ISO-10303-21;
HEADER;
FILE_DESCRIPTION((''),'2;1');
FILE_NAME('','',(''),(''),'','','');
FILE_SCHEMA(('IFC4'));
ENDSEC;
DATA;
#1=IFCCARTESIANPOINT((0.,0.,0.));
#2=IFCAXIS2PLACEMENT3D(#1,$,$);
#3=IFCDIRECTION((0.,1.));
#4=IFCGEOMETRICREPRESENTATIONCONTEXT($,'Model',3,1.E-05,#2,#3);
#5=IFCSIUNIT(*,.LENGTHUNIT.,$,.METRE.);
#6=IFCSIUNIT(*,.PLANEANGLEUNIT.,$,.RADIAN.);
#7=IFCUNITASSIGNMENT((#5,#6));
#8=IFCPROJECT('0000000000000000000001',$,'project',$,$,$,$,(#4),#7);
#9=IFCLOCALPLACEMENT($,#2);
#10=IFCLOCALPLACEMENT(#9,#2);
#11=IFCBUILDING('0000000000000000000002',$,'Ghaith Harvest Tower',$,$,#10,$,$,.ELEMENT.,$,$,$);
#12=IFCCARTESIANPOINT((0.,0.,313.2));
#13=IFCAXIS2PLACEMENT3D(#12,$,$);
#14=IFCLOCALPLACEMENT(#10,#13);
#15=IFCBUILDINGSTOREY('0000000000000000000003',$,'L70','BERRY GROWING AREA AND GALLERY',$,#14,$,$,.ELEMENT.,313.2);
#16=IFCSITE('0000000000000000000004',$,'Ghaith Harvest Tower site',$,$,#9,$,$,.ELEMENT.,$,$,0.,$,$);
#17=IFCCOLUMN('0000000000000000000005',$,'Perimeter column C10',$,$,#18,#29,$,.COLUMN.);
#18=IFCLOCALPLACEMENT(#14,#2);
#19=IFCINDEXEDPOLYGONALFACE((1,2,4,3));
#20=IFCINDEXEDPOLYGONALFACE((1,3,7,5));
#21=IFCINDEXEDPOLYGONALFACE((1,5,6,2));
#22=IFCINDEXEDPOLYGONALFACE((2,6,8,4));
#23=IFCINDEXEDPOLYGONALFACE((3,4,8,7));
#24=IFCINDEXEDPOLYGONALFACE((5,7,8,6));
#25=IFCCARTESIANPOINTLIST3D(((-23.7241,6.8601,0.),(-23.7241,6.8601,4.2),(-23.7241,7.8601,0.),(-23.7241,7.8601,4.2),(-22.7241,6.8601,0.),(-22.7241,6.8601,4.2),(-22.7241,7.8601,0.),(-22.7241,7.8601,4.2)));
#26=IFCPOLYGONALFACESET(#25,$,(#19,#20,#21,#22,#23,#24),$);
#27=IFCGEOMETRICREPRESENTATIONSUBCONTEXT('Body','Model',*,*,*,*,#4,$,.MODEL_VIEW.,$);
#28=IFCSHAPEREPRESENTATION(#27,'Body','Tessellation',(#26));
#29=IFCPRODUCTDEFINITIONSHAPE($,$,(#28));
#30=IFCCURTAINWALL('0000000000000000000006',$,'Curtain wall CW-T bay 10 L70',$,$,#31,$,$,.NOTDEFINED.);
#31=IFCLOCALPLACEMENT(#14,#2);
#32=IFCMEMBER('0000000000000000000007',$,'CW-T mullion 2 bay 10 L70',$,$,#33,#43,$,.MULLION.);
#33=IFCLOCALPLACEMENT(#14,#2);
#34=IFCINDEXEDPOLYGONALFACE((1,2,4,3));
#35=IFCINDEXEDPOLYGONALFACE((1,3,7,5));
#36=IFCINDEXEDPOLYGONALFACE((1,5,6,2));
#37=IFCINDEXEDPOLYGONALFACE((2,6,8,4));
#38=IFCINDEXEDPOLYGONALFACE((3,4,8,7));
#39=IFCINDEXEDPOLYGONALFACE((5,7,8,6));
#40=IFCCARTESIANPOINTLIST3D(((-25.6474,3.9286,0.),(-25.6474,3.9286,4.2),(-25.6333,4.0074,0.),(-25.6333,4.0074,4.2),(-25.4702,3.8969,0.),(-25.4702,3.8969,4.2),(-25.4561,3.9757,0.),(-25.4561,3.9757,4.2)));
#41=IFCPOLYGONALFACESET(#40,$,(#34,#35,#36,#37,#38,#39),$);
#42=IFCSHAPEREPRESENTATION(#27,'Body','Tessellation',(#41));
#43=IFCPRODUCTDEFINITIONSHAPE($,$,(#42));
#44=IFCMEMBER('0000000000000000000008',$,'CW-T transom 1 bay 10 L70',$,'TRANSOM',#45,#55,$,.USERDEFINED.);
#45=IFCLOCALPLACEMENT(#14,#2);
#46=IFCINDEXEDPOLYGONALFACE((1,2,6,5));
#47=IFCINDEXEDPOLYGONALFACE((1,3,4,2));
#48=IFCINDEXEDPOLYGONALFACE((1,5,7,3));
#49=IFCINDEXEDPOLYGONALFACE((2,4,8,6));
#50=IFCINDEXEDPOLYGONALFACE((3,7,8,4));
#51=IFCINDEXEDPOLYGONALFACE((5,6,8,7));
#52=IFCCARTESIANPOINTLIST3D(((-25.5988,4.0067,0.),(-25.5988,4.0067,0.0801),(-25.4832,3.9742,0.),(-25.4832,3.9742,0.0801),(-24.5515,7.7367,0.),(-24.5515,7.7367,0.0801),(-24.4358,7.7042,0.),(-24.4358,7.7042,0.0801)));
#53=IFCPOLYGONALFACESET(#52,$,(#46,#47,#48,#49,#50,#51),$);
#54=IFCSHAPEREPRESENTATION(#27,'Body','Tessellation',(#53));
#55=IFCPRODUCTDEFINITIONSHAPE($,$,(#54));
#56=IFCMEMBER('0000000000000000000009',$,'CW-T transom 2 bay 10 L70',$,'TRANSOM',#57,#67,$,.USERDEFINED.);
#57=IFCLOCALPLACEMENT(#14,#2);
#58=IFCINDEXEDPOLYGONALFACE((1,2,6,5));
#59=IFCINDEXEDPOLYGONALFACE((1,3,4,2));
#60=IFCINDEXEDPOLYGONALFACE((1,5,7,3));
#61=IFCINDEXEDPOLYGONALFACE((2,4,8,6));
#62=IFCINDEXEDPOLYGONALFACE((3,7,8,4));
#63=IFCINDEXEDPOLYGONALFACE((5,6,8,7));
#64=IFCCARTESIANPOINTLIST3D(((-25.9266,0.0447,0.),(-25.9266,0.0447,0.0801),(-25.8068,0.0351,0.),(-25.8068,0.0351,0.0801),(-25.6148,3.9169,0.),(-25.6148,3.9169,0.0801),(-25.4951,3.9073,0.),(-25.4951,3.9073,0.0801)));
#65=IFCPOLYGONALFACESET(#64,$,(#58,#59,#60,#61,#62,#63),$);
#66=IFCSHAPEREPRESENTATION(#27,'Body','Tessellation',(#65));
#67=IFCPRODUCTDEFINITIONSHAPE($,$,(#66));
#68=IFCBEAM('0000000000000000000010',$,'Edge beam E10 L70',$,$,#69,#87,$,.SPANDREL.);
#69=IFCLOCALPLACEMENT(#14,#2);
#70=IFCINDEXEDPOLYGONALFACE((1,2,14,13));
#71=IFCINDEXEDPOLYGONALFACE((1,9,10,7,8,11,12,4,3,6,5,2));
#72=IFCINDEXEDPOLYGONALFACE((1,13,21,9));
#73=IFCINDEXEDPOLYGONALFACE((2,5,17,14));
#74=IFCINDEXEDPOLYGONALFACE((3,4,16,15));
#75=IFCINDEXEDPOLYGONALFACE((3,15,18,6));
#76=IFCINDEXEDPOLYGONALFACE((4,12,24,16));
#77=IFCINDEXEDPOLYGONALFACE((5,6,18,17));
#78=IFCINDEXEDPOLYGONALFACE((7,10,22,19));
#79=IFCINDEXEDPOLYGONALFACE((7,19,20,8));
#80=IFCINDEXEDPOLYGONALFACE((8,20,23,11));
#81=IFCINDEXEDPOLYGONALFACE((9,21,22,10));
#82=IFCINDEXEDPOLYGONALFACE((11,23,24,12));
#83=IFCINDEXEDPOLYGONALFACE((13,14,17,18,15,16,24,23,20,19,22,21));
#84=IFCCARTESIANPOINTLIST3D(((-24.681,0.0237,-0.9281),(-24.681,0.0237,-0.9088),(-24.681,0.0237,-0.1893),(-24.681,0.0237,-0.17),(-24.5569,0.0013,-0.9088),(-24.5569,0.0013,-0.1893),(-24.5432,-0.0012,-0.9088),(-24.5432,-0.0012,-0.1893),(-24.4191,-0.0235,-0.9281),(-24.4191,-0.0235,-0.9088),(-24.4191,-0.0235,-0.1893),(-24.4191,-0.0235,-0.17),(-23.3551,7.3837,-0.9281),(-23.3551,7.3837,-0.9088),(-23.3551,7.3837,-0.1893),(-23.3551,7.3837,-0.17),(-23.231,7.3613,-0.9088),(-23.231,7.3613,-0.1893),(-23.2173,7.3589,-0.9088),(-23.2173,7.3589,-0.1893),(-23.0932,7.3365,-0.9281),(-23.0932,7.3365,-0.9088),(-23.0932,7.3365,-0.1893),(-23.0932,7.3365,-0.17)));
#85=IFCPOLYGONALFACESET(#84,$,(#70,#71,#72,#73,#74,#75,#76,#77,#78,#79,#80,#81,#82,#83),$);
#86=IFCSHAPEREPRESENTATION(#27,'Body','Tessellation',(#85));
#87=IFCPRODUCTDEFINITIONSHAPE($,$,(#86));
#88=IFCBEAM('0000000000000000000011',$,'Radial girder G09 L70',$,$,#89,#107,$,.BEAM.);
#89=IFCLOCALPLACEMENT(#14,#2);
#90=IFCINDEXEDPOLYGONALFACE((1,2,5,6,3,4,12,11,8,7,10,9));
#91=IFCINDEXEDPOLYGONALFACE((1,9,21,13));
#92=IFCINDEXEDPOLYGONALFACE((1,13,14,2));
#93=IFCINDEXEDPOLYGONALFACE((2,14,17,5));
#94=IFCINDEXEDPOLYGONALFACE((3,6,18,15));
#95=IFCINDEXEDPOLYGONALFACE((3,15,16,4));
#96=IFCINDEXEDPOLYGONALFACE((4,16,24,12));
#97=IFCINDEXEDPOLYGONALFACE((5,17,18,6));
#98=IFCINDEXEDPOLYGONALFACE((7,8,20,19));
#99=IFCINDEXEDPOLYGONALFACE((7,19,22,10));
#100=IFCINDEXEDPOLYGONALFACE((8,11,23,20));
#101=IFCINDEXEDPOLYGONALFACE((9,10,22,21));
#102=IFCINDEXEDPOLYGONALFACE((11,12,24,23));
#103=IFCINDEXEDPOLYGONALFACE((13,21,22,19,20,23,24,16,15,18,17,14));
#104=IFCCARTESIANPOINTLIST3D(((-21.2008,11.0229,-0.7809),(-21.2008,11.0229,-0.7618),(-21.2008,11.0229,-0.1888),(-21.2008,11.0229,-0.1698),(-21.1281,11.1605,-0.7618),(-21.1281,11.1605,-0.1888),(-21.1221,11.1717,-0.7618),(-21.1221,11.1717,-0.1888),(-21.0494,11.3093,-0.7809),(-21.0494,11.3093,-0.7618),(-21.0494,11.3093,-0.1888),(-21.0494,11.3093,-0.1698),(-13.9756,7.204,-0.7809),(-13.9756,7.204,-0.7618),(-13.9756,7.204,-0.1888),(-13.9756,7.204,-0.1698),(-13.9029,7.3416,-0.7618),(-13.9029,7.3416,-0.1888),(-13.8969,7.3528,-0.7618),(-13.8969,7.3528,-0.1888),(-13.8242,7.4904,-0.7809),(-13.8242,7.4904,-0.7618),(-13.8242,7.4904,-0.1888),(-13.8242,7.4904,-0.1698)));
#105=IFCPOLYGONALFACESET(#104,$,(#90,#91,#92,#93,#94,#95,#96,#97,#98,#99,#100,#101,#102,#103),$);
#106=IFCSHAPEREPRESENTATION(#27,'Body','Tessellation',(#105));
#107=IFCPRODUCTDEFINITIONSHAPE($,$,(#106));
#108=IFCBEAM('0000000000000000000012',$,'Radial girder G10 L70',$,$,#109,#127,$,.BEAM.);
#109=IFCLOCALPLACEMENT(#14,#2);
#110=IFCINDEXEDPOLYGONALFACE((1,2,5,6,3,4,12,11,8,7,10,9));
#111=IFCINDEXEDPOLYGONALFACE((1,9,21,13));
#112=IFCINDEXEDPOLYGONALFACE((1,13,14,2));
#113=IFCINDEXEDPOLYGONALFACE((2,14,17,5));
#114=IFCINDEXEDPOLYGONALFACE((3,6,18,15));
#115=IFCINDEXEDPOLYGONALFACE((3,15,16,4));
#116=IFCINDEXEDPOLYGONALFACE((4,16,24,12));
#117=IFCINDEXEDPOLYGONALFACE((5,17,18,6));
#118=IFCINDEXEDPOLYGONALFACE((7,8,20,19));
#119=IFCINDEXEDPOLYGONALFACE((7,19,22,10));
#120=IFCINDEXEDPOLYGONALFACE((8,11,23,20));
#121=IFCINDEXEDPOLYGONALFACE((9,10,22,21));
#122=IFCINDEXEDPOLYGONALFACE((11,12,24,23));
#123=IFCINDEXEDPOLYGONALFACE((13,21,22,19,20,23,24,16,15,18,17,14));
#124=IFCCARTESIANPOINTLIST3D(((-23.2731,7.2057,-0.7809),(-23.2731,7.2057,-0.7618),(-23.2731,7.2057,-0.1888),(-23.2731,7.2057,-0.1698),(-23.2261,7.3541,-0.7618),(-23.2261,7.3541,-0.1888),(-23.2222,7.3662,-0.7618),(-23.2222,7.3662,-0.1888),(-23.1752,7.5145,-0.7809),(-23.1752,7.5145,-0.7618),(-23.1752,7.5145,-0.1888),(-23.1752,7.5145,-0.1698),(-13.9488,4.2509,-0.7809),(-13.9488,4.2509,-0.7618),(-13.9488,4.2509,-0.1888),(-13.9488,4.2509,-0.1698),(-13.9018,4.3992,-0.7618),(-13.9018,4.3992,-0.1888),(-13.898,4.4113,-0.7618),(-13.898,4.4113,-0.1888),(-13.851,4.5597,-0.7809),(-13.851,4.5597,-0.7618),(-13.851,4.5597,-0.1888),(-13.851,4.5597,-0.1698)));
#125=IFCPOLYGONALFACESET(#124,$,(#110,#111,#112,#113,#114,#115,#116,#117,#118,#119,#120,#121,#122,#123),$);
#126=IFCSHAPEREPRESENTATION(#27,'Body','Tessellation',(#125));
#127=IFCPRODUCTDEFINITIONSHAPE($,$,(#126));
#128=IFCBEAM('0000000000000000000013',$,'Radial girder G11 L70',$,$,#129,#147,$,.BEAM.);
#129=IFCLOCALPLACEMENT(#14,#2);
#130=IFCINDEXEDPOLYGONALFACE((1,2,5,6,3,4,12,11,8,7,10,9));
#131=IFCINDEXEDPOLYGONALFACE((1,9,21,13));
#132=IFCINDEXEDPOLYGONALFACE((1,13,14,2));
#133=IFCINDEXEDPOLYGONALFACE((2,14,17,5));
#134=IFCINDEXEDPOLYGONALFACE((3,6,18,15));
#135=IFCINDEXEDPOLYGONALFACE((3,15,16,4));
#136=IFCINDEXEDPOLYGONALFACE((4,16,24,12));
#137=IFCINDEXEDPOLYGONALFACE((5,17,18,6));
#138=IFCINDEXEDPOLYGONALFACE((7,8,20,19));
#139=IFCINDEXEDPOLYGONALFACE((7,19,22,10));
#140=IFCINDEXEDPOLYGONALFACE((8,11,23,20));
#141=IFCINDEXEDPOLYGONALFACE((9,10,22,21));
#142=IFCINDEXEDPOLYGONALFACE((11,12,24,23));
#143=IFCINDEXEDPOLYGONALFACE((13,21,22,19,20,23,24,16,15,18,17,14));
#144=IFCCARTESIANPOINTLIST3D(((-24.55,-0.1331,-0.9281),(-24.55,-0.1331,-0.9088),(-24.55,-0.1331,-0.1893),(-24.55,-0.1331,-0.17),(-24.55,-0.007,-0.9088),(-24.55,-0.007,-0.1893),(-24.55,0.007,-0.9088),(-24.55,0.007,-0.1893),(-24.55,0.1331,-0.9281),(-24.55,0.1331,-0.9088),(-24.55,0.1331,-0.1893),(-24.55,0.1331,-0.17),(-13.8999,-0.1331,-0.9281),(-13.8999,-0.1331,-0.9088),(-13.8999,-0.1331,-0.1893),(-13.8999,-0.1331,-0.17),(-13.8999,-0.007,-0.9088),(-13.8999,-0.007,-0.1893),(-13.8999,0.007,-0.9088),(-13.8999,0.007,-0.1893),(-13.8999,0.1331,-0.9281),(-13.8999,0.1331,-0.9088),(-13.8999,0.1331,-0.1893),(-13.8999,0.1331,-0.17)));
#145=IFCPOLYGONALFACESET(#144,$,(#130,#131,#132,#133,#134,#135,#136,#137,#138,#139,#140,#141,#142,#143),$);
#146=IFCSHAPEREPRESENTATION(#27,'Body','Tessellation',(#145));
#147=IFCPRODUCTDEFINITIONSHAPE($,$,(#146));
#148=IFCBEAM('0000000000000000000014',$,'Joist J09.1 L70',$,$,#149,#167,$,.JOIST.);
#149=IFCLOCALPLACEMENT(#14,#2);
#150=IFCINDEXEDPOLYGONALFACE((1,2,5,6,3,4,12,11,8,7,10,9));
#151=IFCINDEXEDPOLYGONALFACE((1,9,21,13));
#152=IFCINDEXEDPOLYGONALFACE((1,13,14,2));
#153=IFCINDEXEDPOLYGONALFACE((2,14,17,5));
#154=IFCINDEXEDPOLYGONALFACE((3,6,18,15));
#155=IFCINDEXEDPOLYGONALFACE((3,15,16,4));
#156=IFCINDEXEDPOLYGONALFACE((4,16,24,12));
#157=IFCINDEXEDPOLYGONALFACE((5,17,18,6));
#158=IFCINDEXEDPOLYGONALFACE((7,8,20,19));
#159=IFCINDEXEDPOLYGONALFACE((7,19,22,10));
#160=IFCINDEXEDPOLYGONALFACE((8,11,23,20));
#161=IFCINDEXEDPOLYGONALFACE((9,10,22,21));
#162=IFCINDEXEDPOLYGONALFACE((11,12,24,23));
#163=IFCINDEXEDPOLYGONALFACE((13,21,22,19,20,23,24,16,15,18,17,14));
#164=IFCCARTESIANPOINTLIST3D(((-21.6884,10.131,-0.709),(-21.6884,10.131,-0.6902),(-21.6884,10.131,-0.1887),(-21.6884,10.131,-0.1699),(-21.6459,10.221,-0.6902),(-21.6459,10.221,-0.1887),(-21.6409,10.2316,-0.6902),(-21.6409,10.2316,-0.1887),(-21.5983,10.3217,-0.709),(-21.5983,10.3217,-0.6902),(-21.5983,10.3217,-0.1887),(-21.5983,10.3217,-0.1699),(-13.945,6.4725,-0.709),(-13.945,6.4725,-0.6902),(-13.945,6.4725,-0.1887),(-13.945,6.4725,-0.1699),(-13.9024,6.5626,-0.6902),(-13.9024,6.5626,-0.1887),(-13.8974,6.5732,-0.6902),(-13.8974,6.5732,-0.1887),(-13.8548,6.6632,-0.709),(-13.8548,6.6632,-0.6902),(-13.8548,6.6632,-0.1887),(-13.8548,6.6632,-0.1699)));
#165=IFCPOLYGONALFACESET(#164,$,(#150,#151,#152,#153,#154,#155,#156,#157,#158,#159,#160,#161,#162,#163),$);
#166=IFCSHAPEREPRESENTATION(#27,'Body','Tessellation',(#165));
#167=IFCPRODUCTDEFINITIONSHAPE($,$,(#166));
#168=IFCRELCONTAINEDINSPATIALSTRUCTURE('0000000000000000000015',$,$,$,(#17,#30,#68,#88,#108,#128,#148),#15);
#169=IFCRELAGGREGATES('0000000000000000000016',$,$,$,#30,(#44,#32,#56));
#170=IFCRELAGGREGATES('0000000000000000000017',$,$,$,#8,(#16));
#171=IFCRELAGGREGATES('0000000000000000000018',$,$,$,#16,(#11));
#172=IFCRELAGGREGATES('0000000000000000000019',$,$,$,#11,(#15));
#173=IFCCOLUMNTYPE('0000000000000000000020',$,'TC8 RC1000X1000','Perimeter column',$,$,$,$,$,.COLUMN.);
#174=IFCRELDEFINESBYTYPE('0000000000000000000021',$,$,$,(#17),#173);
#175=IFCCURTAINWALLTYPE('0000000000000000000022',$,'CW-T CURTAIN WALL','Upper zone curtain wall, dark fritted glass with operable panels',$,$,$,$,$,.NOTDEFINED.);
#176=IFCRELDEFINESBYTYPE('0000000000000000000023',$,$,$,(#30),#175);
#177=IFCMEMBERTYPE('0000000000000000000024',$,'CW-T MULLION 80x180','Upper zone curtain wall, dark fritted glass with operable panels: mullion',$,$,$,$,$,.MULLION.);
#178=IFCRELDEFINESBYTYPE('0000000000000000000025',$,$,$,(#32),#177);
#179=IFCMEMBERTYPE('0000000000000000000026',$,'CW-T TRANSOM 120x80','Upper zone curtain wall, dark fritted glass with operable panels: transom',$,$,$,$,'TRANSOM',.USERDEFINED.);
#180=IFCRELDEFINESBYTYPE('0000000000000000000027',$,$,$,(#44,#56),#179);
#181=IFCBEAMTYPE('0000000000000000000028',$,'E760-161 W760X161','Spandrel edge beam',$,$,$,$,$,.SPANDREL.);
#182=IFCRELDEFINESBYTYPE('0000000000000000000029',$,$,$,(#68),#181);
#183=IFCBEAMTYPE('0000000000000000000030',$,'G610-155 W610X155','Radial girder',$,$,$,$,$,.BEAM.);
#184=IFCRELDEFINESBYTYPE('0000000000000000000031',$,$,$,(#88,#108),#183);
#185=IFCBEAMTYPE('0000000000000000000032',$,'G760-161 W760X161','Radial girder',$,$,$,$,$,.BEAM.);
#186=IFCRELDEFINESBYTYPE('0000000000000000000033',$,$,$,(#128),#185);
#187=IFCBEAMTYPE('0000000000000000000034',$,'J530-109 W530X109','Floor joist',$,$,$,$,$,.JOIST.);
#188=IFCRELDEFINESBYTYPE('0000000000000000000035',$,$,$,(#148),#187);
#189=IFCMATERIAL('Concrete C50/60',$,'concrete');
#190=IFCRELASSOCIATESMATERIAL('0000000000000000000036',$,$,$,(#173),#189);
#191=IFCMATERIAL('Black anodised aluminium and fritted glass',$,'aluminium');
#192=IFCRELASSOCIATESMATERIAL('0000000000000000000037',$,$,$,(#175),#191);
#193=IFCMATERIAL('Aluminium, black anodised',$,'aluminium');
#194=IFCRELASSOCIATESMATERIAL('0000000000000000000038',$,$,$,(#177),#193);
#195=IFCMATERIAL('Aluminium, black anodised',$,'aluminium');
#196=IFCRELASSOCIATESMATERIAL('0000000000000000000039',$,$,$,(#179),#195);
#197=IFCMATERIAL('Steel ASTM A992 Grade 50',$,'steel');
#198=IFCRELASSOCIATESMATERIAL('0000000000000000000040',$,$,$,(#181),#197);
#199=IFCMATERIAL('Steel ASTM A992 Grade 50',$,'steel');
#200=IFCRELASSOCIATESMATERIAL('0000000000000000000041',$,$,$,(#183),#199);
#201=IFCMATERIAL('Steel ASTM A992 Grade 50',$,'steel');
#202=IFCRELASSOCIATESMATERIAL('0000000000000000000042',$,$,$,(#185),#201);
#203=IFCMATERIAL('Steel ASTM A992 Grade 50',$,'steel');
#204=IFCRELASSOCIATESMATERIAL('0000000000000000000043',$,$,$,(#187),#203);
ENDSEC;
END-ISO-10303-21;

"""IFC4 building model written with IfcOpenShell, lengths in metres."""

from ifc_helpers import new_model, si_unit, direction, frame, origin, origin_2d, place, context, subcontext, project, spatial, rectangle, i_section, extrude, material, material_profile, profile_set, type_object, element, aggregate, save


model = new_model("IFC4")

# Units and contexts
model_context = context("Model", 3, precision=1e-05, world=origin(), true_north=direction((0.0, 1.0)))
body_context = subcontext(model_context, "Body", "Model", "MODEL_VIEW")
ifc_project = project(units=[si_unit("LENGTHUNIT", "METRE"), si_unit("PLANEANGLEUNIT", "RADIAN")], contexts=[model_context])

# Site, building, storey
site_placement = place(None, origin())
site = spatial("IfcSite", under=ifc_project, at=site_placement, Name="Ghaith Harvest Tower site", CompositionType="ELEMENT", RefElevation=0.0)
building_placement = place(site_placement, origin())
building = spatial("IfcBuilding", under=site, at=building_placement, Name="Ghaith Harvest Tower", CompositionType="ELEMENT")
storey_placement = place(building_placement, frame((0.0, 0.0, 313.2)))
storey = spatial("IfcBuildingStorey", under=building, at=storey_placement, Name="L70", Description="BERRY GROWING AREA AND GALLERY", CompositionType="ELEMENT", Elevation=313.2)

# Column
ifc_material_1 = material(Name="Concrete C50/60", Category="concrete")
ifc_material_profile_1 = material_profile(ifc_material_1, rectangle(XDim=1.0, YDim=1.0, at=origin_2d()), Name="RC1000X1000")
ifc_profile_set_1 = profile_set([ifc_material_profile_1], Name="Concrete C50/60")
column_type = type_object("IfcColumnType", Name="TC8 RC1000X1000", Description="Perimeter column", PredefinedType="COLUMN", material=ifc_profile_set_1)
column_placement = place(storey_placement, frame((-23.2241, 7.3601, 0.0), z_axis=(0.0, 0.0, 1.0), x_axis=(1.0, 0.0, 0.0)))
element("IfcColumn", 1, at=column_placement, inside=storey, type_object=column_type, Name="Perimeter column C10", PredefinedType="COLUMN", context=body_context, shape_type="SweptSolid", body=[
    extrude(rectangle(XDim=1.0, YDim=1.0, at=origin_2d()), origin(), (0.0, 0.0, 1.0), 4.2),
])

# Curtain wall, members
ifc_material_2 = material(Name="Black anodised aluminium and fritted glass", Category="aluminium")
curtain_wall_type = type_object("IfcCurtainWallType", Name="CW-T CURTAIN WALL", Description="Upper zone curtain wall, dark fritted glass with operable panels", PredefinedType="NOTDEFINED", material=ifc_material_2)
curtain_wall_placement = place(storey_placement, origin())
curtain_wall = element("IfcCurtainWall", 2, at=curtain_wall_placement, inside=storey, type_object=curtain_wall_type, Name="Curtain wall CW-T bay 10 L70", PredefinedType="NOTDEFINED")
ifc_material_3 = material(Name="Aluminium, black anodised", Category="aluminium")
ifc_material_profile_2 = material_profile(ifc_material_3, rectangle(XDim=0.0801, YDim=0.1799, at=origin_2d()), Name="CW-T MULLION 80x180")
ifc_profile_set_2 = profile_set([ifc_material_profile_2], Name="Aluminium, black anodised")
member_type_1 = type_object("IfcMemberType", Name="CW-T MULLION 80x180", Description="Upper zone curtain wall, dark fritted glass with operable panels: mullion", PredefinedType="MULLION", material=ifc_profile_set_2)
member_1_placement = place(storey_placement, frame((-25.5518, 3.9521, 0.0), z_axis=(0.0, 0.0, 1.0), x_axis=(-0.176001, -0.98439, 0.0)))
member_1 = element("IfcMember", 3, at=member_1_placement, type_object=member_type_1, Name="CW-T mullion 2 bay 10 L70", PredefinedType="MULLION", context=body_context, shape_type="SweptSolid", body=[
    extrude(rectangle(XDim=0.0801, YDim=0.1799, at=origin_2d()), origin(), (0.0, 0.0, 1.0), 4.2),
])
ifc_material_4 = material(Name="Aluminium, black anodised", Category="aluminium")
ifc_material_profile_3 = material_profile(ifc_material_4, rectangle(XDim=0.1201, YDim=0.0801, at=origin_2d()), Name="CW-T TRANSOM 120x80")
ifc_profile_set_3 = profile_set([ifc_material_profile_3], Name="Aluminium, black anodised")
member_type_2 = type_object("IfcMemberType", Name="CW-T TRANSOM 120x80", Description="Upper zone curtain wall, dark fritted glass with operable panels: transom", ElementType="TRANSOM", PredefinedType="USERDEFINED", material=ifc_profile_set_3)
member_2_placement = place(storey_placement, frame((-24.4937, 7.7205, 0.04), z_axis=(-0.27034, -0.962765, 0.0), x_axis=(0.962765, -0.27034, 0.0)))
member_2 = element("IfcMember", 4, at=member_2_placement, type_object=member_type_2, Name="CW-T transom 1 bay 10 L70", ObjectType="TRANSOM", PredefinedType="USERDEFINED", context=body_context, shape_type="SweptSolid", body=[
    extrude(rectangle(XDim=0.1201, YDim=0.0801, at=origin_2d()), origin(), (0.0, 0.0, 1.0), 3.8743),
])
member_3_placement = place(storey_placement, frame((-25.5549, 3.9121, 0.04), z_axis=(-0.080252, -0.996775, 0.0), x_axis=(0.996775, -0.080252, 0.0)))
member_3 = element("IfcMember", 5, at=member_3_placement, type_object=member_type_2, Name="CW-T transom 2 bay 10 L70", ObjectType="TRANSOM", PredefinedType="USERDEFINED", context=body_context, shape_type="SweptSolid", body=[
    extrude(rectangle(XDim=0.1201, YDim=0.0801, at=origin_2d()), origin(), (0.0, 0.0, 1.0), 3.8848),
])

# Beams
ifc_material_5 = material(Name="Steel ASTM A992 Grade 50", Category="steel")
ifc_material_profile_4 = material_profile(ifc_material_5, i_section(OverallWidth=0.2661, OverallDepth=0.7581, WebThickness=0.0139, FlangeThickness=0.0193, at=origin_2d()), Name="W760X161")
ifc_profile_set_4 = profile_set([ifc_material_profile_4], Name="Steel ASTM A992 Grade 50")
beam_type_1 = type_object("IfcBeamType", Name="E760-161 W760X161", Description="Spandrel edge beam", PredefinedType="SPANDREL", material=ifc_profile_set_4)
beam_1_placement = place(storey_placement, frame((-23.2241, 7.3601, -0.5491), z_axis=(-0.177297, -0.984157, 0.0), x_axis=(0.984157, -0.177297, 0.0)))
element("IfcBeam", 6, at=beam_1_placement, inside=storey, type_object=beam_type_1, Name="Edge beam E10 L70", PredefinedType="SPANDREL", context=body_context, shape_type="SweptSolid", body=[
    extrude(i_section(OverallWidth=0.2661, OverallDepth=0.7581, WebThickness=0.0139, FlangeThickness=0.0193, at=origin_2d()), origin(), (0.0, 0.0, 1.0), 7.4785),
])
ifc_material_6 = material(Name="Steel ASTM A992 Grade 50", Category="steel")
ifc_material_profile_5 = material_profile(ifc_material_6, i_section(OverallWidth=0.324, OverallDepth=0.6111, WebThickness=0.0127, FlangeThickness=0.019, at=origin_2d()), Name="W610X155")
ifc_profile_set_5 = profile_set([ifc_material_profile_5], Name="Steel ASTM A992 Grade 50")
beam_type_2 = type_object("IfcBeamType", Name="G610-155 W610X155", Description="Radial girder", PredefinedType="BEAM", material=ifc_profile_set_5)
beam_2_placement = place(storey_placement, frame((-13.8999, 7.3472, -0.4753), z_axis=(-0.884102, 0.467295, 0.0), x_axis=(-0.467295, -0.884102, 0.0)))
element("IfcBeam", 7, at=beam_2_placement, inside=storey, type_object=beam_type_2, Name="Radial girder G09 L70", PredefinedType="BEAM", context=body_context, shape_type="SweptSolid", body=[
    extrude(i_section(OverallWidth=0.324, OverallDepth=0.6111, WebThickness=0.0127, FlangeThickness=0.019, at=origin_2d()), origin(), (0.0, 0.0, 1.0), 8.1724),
])
beam_3_placement = place(storey_placement, frame((-13.8999, 4.4053, -0.4753), z_axis=(-0.953279, 0.302093, 0.0), x_axis=(-0.302093, -0.953279, 0.0)))
element("IfcBeam", 8, at=beam_3_placement, inside=storey, type_object=beam_type_2, Name="Radial girder G10 L70", PredefinedType="BEAM", context=body_context, shape_type="SweptSolid", body=[
    extrude(i_section(OverallWidth=0.324, OverallDepth=0.6111, WebThickness=0.0127, FlangeThickness=0.019, at=origin_2d()), origin(), (0.0, 0.0, 1.0), 9.7812),
])
ifc_material_7 = material(Name="Steel ASTM A992 Grade 50", Category="steel")
ifc_material_profile_6 = material_profile(ifc_material_7, i_section(OverallWidth=0.2661, OverallDepth=0.7581, WebThickness=0.0139, FlangeThickness=0.0193, at=origin_2d()), Name="W760X161")
ifc_profile_set_6 = profile_set([ifc_material_profile_6], Name="Steel ASTM A992 Grade 50")
beam_type_3 = type_object("IfcBeamType", Name="G760-161 W760X161", Description="Radial girder", PredefinedType="BEAM", material=ifc_profile_set_6)
beam_4_placement = place(storey_placement, frame((-13.8999, 0.0, -0.5491), z_axis=(-1.0, 0.0, 0.0), x_axis=(0.0, -1.0, 0.0)))
element("IfcBeam", 9, at=beam_4_placement, inside=storey, type_object=beam_type_3, Name="Radial girder G11 L70", PredefinedType="BEAM", context=body_context, shape_type="SweptSolid", body=[
    extrude(i_section(OverallWidth=0.2661, OverallDepth=0.7581, WebThickness=0.0139, FlangeThickness=0.0193, at=origin_2d()), origin(), (0.0, 0.0, 1.0), 10.6501),
])
ifc_material_8 = material(Name="Steel ASTM A992 Grade 50", Category="steel")
ifc_material_profile_7 = material_profile(ifc_material_8, i_section(OverallWidth=0.2109, OverallDepth=0.5391, WebThickness=0.0117, FlangeThickness=0.0188, at=origin_2d()), Name="W530X109")
ifc_profile_set_7 = profile_set([ifc_material_profile_7], Name="Steel ASTM A992 Grade 50")
beam_type_4 = type_object("IfcBeamType", Name="J530-109 W530X109", Description="Floor joist", PredefinedType="JOIST", material=ifc_profile_set_7)
beam_5_placement = place(storey_placement, frame((-13.8999, 6.5679, -0.4395), z_axis=(-0.904166, 0.427182, 0.0), x_axis=(-0.427182, -0.904166, 0.0)))
element("IfcBeam", 10, at=beam_5_placement, inside=storey, type_object=beam_type_4, Name="Joist J09.1 L70", PredefinedType="JOIST", context=body_context, shape_type="SweptSolid", body=[
    extrude(i_section(OverallWidth=0.2109, OverallDepth=0.5391, WebThickness=0.0117, FlangeThickness=0.0188, at=origin_2d()), origin(), (0.0, 0.0, 1.0), 8.5642),
])

aggregate(curtain_wall, [member_2, member_1, member_3])

save(model, "model.ifc")
